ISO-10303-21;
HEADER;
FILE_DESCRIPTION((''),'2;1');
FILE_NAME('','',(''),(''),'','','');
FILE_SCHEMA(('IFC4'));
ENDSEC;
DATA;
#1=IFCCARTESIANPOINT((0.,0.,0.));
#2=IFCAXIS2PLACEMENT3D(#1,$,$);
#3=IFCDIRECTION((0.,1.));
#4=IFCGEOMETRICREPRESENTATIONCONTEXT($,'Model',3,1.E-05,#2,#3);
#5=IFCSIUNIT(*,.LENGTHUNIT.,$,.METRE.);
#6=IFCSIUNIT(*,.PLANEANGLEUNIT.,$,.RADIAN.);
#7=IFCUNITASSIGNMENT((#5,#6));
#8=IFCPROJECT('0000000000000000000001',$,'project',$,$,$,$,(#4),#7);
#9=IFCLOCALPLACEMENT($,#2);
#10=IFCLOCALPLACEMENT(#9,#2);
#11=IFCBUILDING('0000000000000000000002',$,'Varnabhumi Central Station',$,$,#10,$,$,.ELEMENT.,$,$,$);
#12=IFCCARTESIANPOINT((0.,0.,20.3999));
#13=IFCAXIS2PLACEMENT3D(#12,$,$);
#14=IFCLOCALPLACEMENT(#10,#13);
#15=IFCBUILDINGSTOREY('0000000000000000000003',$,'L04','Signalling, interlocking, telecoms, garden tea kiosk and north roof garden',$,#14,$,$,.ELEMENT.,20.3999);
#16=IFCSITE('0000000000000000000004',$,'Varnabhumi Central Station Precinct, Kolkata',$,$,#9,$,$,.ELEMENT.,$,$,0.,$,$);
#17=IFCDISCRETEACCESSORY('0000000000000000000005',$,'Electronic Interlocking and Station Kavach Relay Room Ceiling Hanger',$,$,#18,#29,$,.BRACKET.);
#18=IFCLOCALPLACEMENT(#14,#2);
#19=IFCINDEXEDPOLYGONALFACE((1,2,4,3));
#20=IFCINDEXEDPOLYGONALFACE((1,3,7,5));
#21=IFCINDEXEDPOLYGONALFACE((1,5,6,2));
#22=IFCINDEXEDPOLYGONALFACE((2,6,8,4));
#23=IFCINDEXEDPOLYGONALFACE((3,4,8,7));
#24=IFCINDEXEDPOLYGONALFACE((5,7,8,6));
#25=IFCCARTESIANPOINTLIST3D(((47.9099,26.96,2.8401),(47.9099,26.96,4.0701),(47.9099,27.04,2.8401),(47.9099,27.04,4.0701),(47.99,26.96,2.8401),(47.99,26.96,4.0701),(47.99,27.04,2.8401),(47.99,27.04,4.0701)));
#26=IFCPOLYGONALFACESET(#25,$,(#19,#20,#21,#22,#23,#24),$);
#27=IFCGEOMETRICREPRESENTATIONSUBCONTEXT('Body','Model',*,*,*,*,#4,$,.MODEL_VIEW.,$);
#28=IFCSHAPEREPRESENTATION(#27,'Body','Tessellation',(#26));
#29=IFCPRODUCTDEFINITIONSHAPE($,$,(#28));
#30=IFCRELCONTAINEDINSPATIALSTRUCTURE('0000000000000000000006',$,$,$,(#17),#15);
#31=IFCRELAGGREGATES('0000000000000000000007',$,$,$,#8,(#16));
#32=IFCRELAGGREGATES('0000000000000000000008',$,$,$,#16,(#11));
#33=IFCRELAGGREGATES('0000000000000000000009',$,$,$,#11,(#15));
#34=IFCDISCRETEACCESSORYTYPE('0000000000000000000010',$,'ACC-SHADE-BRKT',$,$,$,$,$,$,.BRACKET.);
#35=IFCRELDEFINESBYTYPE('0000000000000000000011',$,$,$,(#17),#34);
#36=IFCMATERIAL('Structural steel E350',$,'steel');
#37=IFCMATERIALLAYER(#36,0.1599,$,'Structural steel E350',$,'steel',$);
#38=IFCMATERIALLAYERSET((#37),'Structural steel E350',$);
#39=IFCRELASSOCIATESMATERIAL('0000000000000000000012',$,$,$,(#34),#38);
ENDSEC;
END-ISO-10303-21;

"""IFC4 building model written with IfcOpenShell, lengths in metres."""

from ifc_helpers import new_model, si_unit, direction, frame, origin, origin_2d, place, context, subcontext, project, spatial, rectangle, extrude, material, layer, layer_set, type_object, element, save


model = new_model("IFC4")

# Units and contexts
model_context = context("Model", 3, precision=1e-05, world=origin(), true_north=direction((0.0, 1.0)))
body_context = subcontext(model_context, "Body", "Model", "MODEL_VIEW")
ifc_project = project(units=[si_unit("LENGTHUNIT", "METRE"), si_unit("PLANEANGLEUNIT", "RADIAN")], contexts=[model_context])

# Site, building, storey
site_placement = place(None, origin())
site = spatial("IfcSite", under=ifc_project, at=site_placement, Name="Varnabhumi Central Station Precinct, Kolkata", CompositionType="ELEMENT", RefElevation=0.0)
building_placement = place(site_placement, origin())
building = spatial("IfcBuilding", under=site, at=building_placement, Name="Varnabhumi Central Station", CompositionType="ELEMENT")
storey_placement = place(building_placement, frame((0.0, 0.0, 20.3999)))
storey = spatial("IfcBuildingStorey", under=building, at=storey_placement, Name="L04", Description="Signalling, interlocking, telecoms, garden tea kiosk and north roof garden", CompositionType="ELEMENT", Elevation=20.3999)

# Shared definitions
ifc_material_1 = material(Name="Structural steel E350", Category="steel")

# Discrete accessory
ifc_layer_1 = layer(ifc_material_1, 0.1599, Name="Structural steel E350", Category="steel")
ifc_layer_set_1 = layer_set([ifc_layer_1], Name="Structural steel E350")
discrete_accessory_type = type_object("IfcDiscreteAccessoryType", Name="ACC-SHADE-BRKT", PredefinedType="BRACKET", material=ifc_layer_set_1)
discrete_accessory_placement = place(storey_placement, frame((47.95, 27.0, 2.8401), z_axis=(0.0, 0.0, 1.0), x_axis=(1.0, 0.0, 0.0)))
element("IfcDiscreteAccessory", 1, at=discrete_accessory_placement, inside=storey, type_object=discrete_accessory_type, Name="Electronic Interlocking and Station Kavach Relay Room Ceiling Hanger", PredefinedType="BRACKET", context=body_context, shape_type="SweptSolid", body=[
    extrude(rectangle(XDim=0.0801, YDim=0.0801, at=origin_2d()), origin(), (0.0, 0.0, 1.0), 1.23),
])

save(model, "model.ifc")
